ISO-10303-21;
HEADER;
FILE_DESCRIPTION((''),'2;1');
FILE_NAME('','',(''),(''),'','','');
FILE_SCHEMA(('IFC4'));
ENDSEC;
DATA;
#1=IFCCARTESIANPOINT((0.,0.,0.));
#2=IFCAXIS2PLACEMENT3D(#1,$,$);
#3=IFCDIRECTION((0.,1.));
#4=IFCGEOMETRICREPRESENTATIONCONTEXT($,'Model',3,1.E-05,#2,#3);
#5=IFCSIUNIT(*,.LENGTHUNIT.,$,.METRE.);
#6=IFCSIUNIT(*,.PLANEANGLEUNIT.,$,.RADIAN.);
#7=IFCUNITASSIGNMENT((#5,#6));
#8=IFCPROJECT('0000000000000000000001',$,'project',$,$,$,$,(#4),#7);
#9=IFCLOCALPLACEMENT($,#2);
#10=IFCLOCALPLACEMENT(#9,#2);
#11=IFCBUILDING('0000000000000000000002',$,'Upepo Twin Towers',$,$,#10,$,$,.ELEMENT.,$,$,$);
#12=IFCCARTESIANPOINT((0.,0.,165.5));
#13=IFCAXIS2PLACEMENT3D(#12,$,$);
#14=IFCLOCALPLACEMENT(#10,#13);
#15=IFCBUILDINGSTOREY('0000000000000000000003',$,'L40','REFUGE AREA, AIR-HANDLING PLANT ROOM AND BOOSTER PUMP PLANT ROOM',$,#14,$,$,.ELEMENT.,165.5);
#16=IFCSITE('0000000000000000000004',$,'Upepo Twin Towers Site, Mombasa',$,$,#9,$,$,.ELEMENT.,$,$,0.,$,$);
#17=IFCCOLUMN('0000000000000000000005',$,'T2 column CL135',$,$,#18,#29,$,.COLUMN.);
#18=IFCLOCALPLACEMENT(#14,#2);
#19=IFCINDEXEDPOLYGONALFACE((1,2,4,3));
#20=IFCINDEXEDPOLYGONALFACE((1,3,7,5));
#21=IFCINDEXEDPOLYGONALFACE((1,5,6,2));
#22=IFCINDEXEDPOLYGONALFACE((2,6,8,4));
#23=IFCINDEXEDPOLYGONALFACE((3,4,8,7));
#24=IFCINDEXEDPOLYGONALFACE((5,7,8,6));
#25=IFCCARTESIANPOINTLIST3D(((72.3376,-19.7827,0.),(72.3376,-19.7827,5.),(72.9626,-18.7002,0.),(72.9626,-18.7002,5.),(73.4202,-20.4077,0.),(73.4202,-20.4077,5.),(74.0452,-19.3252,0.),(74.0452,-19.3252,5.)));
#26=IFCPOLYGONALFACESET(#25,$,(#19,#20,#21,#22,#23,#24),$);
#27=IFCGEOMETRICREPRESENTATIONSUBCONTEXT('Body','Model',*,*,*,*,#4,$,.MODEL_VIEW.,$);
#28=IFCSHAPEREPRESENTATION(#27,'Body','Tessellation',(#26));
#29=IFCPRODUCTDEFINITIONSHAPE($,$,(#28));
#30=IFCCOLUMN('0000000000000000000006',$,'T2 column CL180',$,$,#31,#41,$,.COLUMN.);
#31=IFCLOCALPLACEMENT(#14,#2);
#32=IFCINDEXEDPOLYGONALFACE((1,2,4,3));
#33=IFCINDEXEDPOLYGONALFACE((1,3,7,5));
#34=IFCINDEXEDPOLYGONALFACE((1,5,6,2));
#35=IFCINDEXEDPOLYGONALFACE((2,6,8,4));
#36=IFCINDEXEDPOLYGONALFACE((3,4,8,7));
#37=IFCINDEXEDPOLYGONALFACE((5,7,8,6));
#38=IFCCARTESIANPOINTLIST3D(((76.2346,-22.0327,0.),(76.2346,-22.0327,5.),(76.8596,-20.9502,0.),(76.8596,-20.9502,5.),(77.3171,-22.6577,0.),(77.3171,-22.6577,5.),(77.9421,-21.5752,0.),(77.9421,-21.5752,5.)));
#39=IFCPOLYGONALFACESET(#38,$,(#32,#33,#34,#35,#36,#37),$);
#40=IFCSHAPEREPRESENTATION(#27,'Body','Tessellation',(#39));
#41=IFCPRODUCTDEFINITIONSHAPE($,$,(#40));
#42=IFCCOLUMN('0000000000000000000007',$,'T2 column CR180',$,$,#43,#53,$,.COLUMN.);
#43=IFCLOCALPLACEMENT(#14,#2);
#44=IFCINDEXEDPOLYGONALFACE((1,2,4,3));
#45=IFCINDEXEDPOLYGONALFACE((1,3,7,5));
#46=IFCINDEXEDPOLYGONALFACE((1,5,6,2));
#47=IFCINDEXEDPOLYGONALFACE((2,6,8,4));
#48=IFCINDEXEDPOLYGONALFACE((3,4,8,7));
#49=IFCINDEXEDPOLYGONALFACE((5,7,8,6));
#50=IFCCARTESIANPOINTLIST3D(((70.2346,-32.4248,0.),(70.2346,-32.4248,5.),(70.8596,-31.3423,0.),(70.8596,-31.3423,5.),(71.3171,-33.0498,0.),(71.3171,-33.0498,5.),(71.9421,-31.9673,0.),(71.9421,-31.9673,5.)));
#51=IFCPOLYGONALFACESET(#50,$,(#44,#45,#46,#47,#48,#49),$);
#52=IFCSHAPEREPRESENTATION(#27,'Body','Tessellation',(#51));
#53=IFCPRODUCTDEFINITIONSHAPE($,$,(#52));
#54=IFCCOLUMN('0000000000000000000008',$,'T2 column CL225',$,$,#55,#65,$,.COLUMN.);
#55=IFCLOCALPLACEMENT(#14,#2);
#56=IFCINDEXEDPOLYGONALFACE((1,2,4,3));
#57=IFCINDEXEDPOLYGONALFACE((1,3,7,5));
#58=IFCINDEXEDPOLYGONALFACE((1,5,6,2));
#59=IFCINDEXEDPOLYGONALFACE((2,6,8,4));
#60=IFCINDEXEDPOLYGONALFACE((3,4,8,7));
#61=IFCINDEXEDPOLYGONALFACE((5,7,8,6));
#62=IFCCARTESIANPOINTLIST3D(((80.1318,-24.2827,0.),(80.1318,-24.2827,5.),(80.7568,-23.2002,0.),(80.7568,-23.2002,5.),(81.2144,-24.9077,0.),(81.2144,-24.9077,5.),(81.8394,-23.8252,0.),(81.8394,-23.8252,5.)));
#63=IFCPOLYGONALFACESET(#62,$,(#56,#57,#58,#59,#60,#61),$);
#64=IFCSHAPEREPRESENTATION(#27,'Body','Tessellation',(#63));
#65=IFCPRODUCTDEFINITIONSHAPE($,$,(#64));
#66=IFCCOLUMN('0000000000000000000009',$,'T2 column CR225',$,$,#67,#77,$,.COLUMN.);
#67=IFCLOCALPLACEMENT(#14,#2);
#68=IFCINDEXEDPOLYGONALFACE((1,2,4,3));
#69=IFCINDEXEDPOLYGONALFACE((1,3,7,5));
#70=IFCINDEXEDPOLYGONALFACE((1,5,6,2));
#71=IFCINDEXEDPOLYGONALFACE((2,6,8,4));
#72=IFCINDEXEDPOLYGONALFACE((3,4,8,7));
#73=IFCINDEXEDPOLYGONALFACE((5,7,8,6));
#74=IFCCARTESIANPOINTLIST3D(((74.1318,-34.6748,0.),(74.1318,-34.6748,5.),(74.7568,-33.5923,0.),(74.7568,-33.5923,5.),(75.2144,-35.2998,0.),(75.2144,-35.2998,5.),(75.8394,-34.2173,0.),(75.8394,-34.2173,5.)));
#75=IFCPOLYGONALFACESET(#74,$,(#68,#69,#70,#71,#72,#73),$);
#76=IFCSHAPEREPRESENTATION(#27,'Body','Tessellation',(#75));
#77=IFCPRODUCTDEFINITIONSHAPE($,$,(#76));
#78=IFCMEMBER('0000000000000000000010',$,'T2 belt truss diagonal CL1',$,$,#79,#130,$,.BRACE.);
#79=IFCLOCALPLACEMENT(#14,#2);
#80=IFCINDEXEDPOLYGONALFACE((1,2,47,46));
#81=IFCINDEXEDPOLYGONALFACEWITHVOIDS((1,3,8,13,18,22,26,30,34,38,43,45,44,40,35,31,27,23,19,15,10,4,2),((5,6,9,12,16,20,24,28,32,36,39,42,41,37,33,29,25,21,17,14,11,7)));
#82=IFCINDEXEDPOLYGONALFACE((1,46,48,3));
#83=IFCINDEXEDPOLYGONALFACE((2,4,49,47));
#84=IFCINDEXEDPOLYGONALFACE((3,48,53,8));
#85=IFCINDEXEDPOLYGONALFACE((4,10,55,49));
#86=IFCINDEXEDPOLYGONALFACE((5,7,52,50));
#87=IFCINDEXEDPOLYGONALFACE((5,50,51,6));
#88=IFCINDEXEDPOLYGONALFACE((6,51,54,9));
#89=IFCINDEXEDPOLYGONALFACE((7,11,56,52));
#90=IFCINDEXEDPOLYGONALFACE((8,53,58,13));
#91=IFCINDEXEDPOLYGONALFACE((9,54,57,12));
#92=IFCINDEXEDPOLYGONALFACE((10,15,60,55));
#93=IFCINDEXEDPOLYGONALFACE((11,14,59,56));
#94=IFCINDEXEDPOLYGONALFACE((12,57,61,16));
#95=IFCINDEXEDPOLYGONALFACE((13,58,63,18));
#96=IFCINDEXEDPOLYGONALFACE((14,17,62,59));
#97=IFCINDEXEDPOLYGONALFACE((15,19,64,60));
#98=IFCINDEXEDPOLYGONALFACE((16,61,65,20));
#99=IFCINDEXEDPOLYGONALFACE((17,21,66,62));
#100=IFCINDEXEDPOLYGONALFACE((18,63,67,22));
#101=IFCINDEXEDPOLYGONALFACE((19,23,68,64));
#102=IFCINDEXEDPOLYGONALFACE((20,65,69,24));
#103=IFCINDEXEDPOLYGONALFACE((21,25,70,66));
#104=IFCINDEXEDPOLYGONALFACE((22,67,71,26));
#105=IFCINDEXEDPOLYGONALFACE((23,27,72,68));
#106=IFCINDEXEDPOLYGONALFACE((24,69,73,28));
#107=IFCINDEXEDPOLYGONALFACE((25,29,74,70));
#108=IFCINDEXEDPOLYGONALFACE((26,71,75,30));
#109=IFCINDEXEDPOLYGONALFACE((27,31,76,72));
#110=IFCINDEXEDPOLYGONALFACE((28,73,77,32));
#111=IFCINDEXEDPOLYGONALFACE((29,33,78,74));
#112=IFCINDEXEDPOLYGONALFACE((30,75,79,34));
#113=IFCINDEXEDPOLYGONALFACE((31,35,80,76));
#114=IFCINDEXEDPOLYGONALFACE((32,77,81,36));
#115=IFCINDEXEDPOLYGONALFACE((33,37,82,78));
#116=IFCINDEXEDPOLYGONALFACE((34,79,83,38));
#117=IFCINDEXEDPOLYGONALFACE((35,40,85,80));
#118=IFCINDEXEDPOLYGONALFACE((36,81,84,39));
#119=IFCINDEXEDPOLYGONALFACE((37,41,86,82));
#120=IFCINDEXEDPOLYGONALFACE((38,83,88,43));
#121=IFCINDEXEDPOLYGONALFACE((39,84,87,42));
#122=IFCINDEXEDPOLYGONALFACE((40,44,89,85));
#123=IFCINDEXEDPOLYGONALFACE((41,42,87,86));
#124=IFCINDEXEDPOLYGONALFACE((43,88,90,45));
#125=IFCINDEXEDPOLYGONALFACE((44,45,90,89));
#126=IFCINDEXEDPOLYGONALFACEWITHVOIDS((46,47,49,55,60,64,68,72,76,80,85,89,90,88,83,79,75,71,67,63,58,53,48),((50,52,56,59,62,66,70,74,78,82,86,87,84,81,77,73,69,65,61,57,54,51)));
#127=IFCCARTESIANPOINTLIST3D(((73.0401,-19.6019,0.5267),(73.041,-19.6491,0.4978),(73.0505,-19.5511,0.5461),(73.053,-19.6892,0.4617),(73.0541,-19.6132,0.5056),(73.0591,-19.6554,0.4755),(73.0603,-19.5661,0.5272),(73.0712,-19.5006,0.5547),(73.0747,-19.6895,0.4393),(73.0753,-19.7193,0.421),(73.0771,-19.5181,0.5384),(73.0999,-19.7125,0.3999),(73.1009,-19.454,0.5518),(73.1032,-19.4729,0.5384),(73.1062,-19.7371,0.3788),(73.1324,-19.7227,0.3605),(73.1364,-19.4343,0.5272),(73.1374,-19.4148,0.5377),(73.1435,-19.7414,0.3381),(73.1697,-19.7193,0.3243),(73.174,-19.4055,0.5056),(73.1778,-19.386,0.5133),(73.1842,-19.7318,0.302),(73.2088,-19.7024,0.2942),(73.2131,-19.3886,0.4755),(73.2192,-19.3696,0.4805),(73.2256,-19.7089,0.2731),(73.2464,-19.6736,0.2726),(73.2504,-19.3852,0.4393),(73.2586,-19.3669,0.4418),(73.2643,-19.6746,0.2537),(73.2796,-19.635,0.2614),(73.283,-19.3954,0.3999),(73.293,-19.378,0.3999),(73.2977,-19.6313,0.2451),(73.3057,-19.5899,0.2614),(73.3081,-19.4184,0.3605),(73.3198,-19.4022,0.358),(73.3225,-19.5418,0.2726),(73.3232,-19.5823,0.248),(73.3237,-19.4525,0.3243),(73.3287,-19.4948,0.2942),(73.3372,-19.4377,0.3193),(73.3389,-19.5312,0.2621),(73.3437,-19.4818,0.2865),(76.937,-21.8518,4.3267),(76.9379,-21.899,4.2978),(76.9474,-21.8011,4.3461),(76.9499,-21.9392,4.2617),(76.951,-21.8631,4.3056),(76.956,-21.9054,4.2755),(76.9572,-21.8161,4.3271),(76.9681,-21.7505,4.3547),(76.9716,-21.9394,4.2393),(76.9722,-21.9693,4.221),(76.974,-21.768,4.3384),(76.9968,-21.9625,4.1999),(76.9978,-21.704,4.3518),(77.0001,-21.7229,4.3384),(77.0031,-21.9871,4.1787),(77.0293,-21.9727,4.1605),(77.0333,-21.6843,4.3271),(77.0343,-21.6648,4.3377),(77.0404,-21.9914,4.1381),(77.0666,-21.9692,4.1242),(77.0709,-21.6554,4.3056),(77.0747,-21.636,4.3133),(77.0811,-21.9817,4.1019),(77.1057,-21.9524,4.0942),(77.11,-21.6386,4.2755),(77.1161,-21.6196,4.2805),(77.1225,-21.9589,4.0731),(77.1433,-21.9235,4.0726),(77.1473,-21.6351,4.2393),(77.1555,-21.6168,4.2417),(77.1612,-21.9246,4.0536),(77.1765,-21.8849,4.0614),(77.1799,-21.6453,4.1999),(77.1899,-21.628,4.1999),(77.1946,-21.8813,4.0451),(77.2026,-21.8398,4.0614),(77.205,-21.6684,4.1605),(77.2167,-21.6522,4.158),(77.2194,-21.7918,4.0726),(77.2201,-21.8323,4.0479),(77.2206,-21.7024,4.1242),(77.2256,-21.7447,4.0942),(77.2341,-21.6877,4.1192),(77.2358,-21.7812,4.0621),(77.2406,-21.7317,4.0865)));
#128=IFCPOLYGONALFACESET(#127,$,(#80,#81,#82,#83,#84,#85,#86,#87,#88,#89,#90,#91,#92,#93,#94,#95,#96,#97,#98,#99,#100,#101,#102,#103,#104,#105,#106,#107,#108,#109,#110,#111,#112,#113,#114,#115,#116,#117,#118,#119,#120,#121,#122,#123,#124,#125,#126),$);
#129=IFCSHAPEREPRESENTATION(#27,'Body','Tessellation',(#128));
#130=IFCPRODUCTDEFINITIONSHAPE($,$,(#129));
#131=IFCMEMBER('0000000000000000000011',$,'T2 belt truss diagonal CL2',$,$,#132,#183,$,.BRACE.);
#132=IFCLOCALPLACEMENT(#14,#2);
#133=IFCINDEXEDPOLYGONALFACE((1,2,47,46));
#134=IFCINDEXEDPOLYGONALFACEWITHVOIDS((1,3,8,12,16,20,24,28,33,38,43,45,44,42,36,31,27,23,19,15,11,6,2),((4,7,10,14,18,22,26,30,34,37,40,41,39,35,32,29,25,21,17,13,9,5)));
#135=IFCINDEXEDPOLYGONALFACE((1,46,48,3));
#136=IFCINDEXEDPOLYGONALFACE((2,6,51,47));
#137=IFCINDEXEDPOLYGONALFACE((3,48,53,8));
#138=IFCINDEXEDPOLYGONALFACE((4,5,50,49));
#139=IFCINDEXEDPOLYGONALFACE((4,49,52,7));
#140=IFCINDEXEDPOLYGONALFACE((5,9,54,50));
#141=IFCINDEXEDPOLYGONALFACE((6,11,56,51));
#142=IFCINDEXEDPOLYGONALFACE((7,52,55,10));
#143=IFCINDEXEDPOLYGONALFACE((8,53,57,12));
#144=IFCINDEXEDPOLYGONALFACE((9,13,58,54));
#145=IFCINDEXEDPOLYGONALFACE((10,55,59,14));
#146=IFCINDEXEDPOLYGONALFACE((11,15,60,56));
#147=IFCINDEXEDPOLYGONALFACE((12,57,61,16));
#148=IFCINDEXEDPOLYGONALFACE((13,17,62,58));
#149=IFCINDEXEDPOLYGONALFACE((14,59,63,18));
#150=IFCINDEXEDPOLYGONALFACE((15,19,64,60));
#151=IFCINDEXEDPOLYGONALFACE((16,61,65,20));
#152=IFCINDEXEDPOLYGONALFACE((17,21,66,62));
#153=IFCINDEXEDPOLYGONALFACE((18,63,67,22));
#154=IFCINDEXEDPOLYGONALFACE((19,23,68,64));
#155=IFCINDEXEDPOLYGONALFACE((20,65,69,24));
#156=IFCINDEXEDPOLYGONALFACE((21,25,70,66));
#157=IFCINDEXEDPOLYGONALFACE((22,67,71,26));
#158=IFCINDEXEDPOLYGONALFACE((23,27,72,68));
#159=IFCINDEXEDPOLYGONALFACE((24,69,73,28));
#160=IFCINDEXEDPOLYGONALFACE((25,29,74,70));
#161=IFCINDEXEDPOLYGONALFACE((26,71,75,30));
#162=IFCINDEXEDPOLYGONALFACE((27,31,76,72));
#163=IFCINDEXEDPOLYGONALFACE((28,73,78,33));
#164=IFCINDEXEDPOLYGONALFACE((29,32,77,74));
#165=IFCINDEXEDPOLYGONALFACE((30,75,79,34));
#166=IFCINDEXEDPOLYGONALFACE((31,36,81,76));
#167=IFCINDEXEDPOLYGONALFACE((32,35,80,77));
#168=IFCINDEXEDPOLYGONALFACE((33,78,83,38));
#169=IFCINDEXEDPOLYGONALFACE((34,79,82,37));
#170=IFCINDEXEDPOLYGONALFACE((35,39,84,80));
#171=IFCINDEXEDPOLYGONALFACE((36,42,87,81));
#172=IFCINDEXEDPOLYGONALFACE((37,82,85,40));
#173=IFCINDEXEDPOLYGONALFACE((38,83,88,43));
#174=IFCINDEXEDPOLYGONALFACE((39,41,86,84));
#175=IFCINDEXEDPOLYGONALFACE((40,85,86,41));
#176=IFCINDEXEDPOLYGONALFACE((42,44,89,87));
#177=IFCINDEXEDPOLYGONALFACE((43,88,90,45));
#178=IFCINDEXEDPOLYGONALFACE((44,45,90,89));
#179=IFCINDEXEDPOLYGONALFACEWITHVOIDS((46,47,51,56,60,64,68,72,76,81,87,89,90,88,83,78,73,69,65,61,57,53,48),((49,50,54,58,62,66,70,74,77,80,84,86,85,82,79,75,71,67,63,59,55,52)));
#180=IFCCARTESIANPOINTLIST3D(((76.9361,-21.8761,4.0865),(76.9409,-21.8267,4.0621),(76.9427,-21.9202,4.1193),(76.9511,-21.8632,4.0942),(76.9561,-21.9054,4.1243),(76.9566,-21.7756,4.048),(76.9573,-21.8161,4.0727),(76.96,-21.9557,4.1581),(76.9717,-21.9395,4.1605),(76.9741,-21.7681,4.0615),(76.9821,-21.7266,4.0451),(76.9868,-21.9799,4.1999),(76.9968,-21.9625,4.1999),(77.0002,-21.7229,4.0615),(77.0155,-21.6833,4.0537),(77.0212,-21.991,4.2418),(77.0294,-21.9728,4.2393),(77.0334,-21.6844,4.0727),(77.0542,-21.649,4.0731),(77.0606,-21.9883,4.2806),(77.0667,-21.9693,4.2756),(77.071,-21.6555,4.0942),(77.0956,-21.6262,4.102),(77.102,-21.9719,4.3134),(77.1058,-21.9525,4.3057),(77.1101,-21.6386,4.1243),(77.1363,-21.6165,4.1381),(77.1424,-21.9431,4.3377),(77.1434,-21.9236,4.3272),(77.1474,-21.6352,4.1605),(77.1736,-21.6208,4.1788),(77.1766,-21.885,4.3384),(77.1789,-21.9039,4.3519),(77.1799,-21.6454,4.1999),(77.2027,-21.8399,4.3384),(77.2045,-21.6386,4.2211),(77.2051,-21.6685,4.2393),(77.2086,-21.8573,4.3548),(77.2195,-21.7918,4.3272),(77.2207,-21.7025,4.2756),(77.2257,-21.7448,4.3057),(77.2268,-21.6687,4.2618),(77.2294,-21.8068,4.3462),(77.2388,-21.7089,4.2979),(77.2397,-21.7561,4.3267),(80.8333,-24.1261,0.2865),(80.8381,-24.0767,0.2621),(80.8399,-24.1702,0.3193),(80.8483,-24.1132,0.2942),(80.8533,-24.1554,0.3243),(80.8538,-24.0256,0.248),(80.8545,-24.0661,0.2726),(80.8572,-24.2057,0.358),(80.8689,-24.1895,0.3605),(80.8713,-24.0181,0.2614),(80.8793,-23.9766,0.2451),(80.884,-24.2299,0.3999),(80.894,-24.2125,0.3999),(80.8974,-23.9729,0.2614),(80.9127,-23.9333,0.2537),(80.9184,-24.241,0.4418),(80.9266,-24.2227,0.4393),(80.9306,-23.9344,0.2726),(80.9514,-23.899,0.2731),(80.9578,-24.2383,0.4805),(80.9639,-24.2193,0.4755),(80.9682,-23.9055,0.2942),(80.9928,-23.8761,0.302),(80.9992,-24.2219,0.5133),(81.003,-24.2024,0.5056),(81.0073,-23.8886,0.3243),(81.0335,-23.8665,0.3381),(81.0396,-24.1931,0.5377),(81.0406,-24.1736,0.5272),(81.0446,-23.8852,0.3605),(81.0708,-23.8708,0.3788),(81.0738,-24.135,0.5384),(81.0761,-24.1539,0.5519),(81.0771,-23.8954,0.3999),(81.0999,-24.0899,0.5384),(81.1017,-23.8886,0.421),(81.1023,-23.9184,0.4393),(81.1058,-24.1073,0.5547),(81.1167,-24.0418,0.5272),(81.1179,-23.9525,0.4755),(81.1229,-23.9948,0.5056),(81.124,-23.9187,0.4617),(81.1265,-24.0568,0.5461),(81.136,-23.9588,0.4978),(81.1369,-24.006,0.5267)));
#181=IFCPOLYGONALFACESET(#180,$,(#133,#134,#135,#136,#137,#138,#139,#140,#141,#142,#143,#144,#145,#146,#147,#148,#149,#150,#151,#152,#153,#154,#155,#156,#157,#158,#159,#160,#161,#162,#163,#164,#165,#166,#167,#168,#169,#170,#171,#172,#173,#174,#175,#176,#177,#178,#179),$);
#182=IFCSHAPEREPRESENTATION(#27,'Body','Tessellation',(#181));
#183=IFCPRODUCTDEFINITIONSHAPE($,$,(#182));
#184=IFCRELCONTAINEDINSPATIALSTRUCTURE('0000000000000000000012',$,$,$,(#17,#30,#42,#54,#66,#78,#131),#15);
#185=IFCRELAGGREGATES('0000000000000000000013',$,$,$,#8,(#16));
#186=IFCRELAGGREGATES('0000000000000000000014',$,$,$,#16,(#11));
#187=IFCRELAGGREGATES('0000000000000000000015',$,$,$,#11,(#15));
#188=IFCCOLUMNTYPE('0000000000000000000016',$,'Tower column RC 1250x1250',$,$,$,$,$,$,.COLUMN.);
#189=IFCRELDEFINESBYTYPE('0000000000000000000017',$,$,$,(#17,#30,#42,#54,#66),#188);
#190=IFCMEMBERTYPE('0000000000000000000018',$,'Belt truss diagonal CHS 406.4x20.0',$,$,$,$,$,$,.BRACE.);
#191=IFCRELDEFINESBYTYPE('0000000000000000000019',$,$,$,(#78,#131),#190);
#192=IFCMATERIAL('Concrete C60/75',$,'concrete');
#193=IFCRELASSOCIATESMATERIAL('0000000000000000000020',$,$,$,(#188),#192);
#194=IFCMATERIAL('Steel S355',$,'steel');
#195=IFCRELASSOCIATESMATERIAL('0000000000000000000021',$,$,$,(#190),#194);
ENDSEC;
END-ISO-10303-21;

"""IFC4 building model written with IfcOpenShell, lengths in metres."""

from ifc_helpers import new_model, si_unit, direction, frame, origin, origin_2d, place, context, subcontext, project, spatial, rectangle, hollow_circle, extrude, material, material_profile, profile_set, type_object, element, save


model = new_model("IFC4")

# Units and contexts
model_context = context("Model", 3, precision=1e-05, world=origin(), true_north=direction((0.0, 1.0)))
body_context = subcontext(model_context, "Body", "Model", "MODEL_VIEW")
ifc_project = project(units=[si_unit("LENGTHUNIT", "METRE"), si_unit("PLANEANGLEUNIT", "RADIAN")], contexts=[model_context])

# Site, building, storey
site_placement = place(None, origin())
site = spatial("IfcSite", under=ifc_project, at=site_placement, Name="Upepo Twin Towers Site, Mombasa", CompositionType="ELEMENT", RefElevation=0.0)
building_placement = place(site_placement, origin())
building = spatial("IfcBuilding", under=site, at=building_placement, Name="Upepo Twin Towers", CompositionType="ELEMENT")
storey_placement = place(building_placement, frame((0.0, 0.0, 165.5)))
storey = spatial("IfcBuildingStorey", under=building, at=storey_placement, Name="L40", Description="REFUGE AREA, AIR-HANDLING PLANT ROOM AND BOOSTER PUMP PLANT ROOM", CompositionType="ELEMENT", Elevation=165.5)

# Columns
ifc_material_1 = material(Name="Concrete C60/75", Category="concrete")
ifc_material_profile_1 = material_profile(ifc_material_1, rectangle(XDim=1.25, YDim=1.25, at=origin_2d()), Name="RC 1250x1250")
ifc_profile_set_1 = profile_set([ifc_material_profile_1], Name="Concrete C60/75")
column_type = type_object("IfcColumnType", Name="Tower column RC 1250x1250", PredefinedType="COLUMN", material=ifc_profile_set_1)
for number, where, z_axis, x_axis, name in (
    (1, (73.1914, -19.554, 0.0), (0.0, 0.0, 1.0), (0.5, 0.866025, 0.0), "T2 column CL135"),
    (2, (77.0884, -21.804, 0.0), (0.0, 0.0, 1.0), (0.5, 0.866025, 0.0), "T2 column CL180"),
    (3, (71.0884, -32.196, 0.0), (0.0, 0.0, 1.0), (0.5, 0.866025, 0.0), "T2 column CR180"),
    (4, (80.9856, -24.054, 0.0), (0.0, 0.0, 1.0), (0.5, 0.866025, 0.0), "T2 column CL225"),
    (5, (74.9856, -34.446, 0.0), (0.0, 0.0, 1.0), (0.5, 0.866025, 0.0), "T2 column CR225"),
):
    element("IfcColumn", number, at=place(storey_placement, frame(where, z_axis=z_axis, x_axis=x_axis)), inside=storey, type_object=column_type, Name=name, PredefinedType="COLUMN", context=body_context, shape_type="SweptSolid", body=[
        extrude(rectangle(XDim=1.25, YDim=1.25, at=origin_2d()), origin(), (0.0, 0.0, 1.0), 5.0),
    ])

# Members
ifc_material_2 = material(Name="Steel S355", Category="steel")
ifc_material_profile_2 = material_profile(ifc_material_2, hollow_circle(Radius=0.2031, WallThickness=0.02, at=origin_2d()), Name="CHS 406.4x20.0")
ifc_profile_set_2 = profile_set([ifc_material_profile_2], Name="Steel S355")
member_type = type_object("IfcMemberType", Name="Belt truss diagonal CHS 406.4x20.0", PredefinedType="BRACE", material=ifc_profile_set_2)
member_1_placement = place(storey_placement, frame((73.1914, -19.554, 0.3999), z_axis=(0.661652, -0.382019, 0.645196), x_axis=(0.500014, 0.866018, 0.0)))
element("IfcMember", 6, at=member_1_placement, inside=storey, type_object=member_type, Name="T2 belt truss diagonal CL1", PredefinedType="BRACE", context=body_context, shape_type="SweptSolid", body=[
    extrude(hollow_circle(Radius=0.2031, WallThickness=0.02, at=origin_2d()), origin(), (0.0, 0.0, 1.0), 5.8896),
])
member_2_placement = place(storey_placement, frame((80.9856, -24.054, 0.3999), z_axis=(-0.661676, 0.382009, 0.645178), x_axis=(-0.49999, -0.866031, 0.0)))
element("IfcMember", 7, at=member_2_placement, inside=storey, type_object=member_type, Name="T2 belt truss diagonal CL2", PredefinedType="BRACE", context=body_context, shape_type="SweptSolid", body=[
    extrude(hollow_circle(Radius=0.2031, WallThickness=0.02, at=origin_2d()), origin(), (0.0, 0.0, 1.0), 5.8899),
])

save(model, "model.ifc")
